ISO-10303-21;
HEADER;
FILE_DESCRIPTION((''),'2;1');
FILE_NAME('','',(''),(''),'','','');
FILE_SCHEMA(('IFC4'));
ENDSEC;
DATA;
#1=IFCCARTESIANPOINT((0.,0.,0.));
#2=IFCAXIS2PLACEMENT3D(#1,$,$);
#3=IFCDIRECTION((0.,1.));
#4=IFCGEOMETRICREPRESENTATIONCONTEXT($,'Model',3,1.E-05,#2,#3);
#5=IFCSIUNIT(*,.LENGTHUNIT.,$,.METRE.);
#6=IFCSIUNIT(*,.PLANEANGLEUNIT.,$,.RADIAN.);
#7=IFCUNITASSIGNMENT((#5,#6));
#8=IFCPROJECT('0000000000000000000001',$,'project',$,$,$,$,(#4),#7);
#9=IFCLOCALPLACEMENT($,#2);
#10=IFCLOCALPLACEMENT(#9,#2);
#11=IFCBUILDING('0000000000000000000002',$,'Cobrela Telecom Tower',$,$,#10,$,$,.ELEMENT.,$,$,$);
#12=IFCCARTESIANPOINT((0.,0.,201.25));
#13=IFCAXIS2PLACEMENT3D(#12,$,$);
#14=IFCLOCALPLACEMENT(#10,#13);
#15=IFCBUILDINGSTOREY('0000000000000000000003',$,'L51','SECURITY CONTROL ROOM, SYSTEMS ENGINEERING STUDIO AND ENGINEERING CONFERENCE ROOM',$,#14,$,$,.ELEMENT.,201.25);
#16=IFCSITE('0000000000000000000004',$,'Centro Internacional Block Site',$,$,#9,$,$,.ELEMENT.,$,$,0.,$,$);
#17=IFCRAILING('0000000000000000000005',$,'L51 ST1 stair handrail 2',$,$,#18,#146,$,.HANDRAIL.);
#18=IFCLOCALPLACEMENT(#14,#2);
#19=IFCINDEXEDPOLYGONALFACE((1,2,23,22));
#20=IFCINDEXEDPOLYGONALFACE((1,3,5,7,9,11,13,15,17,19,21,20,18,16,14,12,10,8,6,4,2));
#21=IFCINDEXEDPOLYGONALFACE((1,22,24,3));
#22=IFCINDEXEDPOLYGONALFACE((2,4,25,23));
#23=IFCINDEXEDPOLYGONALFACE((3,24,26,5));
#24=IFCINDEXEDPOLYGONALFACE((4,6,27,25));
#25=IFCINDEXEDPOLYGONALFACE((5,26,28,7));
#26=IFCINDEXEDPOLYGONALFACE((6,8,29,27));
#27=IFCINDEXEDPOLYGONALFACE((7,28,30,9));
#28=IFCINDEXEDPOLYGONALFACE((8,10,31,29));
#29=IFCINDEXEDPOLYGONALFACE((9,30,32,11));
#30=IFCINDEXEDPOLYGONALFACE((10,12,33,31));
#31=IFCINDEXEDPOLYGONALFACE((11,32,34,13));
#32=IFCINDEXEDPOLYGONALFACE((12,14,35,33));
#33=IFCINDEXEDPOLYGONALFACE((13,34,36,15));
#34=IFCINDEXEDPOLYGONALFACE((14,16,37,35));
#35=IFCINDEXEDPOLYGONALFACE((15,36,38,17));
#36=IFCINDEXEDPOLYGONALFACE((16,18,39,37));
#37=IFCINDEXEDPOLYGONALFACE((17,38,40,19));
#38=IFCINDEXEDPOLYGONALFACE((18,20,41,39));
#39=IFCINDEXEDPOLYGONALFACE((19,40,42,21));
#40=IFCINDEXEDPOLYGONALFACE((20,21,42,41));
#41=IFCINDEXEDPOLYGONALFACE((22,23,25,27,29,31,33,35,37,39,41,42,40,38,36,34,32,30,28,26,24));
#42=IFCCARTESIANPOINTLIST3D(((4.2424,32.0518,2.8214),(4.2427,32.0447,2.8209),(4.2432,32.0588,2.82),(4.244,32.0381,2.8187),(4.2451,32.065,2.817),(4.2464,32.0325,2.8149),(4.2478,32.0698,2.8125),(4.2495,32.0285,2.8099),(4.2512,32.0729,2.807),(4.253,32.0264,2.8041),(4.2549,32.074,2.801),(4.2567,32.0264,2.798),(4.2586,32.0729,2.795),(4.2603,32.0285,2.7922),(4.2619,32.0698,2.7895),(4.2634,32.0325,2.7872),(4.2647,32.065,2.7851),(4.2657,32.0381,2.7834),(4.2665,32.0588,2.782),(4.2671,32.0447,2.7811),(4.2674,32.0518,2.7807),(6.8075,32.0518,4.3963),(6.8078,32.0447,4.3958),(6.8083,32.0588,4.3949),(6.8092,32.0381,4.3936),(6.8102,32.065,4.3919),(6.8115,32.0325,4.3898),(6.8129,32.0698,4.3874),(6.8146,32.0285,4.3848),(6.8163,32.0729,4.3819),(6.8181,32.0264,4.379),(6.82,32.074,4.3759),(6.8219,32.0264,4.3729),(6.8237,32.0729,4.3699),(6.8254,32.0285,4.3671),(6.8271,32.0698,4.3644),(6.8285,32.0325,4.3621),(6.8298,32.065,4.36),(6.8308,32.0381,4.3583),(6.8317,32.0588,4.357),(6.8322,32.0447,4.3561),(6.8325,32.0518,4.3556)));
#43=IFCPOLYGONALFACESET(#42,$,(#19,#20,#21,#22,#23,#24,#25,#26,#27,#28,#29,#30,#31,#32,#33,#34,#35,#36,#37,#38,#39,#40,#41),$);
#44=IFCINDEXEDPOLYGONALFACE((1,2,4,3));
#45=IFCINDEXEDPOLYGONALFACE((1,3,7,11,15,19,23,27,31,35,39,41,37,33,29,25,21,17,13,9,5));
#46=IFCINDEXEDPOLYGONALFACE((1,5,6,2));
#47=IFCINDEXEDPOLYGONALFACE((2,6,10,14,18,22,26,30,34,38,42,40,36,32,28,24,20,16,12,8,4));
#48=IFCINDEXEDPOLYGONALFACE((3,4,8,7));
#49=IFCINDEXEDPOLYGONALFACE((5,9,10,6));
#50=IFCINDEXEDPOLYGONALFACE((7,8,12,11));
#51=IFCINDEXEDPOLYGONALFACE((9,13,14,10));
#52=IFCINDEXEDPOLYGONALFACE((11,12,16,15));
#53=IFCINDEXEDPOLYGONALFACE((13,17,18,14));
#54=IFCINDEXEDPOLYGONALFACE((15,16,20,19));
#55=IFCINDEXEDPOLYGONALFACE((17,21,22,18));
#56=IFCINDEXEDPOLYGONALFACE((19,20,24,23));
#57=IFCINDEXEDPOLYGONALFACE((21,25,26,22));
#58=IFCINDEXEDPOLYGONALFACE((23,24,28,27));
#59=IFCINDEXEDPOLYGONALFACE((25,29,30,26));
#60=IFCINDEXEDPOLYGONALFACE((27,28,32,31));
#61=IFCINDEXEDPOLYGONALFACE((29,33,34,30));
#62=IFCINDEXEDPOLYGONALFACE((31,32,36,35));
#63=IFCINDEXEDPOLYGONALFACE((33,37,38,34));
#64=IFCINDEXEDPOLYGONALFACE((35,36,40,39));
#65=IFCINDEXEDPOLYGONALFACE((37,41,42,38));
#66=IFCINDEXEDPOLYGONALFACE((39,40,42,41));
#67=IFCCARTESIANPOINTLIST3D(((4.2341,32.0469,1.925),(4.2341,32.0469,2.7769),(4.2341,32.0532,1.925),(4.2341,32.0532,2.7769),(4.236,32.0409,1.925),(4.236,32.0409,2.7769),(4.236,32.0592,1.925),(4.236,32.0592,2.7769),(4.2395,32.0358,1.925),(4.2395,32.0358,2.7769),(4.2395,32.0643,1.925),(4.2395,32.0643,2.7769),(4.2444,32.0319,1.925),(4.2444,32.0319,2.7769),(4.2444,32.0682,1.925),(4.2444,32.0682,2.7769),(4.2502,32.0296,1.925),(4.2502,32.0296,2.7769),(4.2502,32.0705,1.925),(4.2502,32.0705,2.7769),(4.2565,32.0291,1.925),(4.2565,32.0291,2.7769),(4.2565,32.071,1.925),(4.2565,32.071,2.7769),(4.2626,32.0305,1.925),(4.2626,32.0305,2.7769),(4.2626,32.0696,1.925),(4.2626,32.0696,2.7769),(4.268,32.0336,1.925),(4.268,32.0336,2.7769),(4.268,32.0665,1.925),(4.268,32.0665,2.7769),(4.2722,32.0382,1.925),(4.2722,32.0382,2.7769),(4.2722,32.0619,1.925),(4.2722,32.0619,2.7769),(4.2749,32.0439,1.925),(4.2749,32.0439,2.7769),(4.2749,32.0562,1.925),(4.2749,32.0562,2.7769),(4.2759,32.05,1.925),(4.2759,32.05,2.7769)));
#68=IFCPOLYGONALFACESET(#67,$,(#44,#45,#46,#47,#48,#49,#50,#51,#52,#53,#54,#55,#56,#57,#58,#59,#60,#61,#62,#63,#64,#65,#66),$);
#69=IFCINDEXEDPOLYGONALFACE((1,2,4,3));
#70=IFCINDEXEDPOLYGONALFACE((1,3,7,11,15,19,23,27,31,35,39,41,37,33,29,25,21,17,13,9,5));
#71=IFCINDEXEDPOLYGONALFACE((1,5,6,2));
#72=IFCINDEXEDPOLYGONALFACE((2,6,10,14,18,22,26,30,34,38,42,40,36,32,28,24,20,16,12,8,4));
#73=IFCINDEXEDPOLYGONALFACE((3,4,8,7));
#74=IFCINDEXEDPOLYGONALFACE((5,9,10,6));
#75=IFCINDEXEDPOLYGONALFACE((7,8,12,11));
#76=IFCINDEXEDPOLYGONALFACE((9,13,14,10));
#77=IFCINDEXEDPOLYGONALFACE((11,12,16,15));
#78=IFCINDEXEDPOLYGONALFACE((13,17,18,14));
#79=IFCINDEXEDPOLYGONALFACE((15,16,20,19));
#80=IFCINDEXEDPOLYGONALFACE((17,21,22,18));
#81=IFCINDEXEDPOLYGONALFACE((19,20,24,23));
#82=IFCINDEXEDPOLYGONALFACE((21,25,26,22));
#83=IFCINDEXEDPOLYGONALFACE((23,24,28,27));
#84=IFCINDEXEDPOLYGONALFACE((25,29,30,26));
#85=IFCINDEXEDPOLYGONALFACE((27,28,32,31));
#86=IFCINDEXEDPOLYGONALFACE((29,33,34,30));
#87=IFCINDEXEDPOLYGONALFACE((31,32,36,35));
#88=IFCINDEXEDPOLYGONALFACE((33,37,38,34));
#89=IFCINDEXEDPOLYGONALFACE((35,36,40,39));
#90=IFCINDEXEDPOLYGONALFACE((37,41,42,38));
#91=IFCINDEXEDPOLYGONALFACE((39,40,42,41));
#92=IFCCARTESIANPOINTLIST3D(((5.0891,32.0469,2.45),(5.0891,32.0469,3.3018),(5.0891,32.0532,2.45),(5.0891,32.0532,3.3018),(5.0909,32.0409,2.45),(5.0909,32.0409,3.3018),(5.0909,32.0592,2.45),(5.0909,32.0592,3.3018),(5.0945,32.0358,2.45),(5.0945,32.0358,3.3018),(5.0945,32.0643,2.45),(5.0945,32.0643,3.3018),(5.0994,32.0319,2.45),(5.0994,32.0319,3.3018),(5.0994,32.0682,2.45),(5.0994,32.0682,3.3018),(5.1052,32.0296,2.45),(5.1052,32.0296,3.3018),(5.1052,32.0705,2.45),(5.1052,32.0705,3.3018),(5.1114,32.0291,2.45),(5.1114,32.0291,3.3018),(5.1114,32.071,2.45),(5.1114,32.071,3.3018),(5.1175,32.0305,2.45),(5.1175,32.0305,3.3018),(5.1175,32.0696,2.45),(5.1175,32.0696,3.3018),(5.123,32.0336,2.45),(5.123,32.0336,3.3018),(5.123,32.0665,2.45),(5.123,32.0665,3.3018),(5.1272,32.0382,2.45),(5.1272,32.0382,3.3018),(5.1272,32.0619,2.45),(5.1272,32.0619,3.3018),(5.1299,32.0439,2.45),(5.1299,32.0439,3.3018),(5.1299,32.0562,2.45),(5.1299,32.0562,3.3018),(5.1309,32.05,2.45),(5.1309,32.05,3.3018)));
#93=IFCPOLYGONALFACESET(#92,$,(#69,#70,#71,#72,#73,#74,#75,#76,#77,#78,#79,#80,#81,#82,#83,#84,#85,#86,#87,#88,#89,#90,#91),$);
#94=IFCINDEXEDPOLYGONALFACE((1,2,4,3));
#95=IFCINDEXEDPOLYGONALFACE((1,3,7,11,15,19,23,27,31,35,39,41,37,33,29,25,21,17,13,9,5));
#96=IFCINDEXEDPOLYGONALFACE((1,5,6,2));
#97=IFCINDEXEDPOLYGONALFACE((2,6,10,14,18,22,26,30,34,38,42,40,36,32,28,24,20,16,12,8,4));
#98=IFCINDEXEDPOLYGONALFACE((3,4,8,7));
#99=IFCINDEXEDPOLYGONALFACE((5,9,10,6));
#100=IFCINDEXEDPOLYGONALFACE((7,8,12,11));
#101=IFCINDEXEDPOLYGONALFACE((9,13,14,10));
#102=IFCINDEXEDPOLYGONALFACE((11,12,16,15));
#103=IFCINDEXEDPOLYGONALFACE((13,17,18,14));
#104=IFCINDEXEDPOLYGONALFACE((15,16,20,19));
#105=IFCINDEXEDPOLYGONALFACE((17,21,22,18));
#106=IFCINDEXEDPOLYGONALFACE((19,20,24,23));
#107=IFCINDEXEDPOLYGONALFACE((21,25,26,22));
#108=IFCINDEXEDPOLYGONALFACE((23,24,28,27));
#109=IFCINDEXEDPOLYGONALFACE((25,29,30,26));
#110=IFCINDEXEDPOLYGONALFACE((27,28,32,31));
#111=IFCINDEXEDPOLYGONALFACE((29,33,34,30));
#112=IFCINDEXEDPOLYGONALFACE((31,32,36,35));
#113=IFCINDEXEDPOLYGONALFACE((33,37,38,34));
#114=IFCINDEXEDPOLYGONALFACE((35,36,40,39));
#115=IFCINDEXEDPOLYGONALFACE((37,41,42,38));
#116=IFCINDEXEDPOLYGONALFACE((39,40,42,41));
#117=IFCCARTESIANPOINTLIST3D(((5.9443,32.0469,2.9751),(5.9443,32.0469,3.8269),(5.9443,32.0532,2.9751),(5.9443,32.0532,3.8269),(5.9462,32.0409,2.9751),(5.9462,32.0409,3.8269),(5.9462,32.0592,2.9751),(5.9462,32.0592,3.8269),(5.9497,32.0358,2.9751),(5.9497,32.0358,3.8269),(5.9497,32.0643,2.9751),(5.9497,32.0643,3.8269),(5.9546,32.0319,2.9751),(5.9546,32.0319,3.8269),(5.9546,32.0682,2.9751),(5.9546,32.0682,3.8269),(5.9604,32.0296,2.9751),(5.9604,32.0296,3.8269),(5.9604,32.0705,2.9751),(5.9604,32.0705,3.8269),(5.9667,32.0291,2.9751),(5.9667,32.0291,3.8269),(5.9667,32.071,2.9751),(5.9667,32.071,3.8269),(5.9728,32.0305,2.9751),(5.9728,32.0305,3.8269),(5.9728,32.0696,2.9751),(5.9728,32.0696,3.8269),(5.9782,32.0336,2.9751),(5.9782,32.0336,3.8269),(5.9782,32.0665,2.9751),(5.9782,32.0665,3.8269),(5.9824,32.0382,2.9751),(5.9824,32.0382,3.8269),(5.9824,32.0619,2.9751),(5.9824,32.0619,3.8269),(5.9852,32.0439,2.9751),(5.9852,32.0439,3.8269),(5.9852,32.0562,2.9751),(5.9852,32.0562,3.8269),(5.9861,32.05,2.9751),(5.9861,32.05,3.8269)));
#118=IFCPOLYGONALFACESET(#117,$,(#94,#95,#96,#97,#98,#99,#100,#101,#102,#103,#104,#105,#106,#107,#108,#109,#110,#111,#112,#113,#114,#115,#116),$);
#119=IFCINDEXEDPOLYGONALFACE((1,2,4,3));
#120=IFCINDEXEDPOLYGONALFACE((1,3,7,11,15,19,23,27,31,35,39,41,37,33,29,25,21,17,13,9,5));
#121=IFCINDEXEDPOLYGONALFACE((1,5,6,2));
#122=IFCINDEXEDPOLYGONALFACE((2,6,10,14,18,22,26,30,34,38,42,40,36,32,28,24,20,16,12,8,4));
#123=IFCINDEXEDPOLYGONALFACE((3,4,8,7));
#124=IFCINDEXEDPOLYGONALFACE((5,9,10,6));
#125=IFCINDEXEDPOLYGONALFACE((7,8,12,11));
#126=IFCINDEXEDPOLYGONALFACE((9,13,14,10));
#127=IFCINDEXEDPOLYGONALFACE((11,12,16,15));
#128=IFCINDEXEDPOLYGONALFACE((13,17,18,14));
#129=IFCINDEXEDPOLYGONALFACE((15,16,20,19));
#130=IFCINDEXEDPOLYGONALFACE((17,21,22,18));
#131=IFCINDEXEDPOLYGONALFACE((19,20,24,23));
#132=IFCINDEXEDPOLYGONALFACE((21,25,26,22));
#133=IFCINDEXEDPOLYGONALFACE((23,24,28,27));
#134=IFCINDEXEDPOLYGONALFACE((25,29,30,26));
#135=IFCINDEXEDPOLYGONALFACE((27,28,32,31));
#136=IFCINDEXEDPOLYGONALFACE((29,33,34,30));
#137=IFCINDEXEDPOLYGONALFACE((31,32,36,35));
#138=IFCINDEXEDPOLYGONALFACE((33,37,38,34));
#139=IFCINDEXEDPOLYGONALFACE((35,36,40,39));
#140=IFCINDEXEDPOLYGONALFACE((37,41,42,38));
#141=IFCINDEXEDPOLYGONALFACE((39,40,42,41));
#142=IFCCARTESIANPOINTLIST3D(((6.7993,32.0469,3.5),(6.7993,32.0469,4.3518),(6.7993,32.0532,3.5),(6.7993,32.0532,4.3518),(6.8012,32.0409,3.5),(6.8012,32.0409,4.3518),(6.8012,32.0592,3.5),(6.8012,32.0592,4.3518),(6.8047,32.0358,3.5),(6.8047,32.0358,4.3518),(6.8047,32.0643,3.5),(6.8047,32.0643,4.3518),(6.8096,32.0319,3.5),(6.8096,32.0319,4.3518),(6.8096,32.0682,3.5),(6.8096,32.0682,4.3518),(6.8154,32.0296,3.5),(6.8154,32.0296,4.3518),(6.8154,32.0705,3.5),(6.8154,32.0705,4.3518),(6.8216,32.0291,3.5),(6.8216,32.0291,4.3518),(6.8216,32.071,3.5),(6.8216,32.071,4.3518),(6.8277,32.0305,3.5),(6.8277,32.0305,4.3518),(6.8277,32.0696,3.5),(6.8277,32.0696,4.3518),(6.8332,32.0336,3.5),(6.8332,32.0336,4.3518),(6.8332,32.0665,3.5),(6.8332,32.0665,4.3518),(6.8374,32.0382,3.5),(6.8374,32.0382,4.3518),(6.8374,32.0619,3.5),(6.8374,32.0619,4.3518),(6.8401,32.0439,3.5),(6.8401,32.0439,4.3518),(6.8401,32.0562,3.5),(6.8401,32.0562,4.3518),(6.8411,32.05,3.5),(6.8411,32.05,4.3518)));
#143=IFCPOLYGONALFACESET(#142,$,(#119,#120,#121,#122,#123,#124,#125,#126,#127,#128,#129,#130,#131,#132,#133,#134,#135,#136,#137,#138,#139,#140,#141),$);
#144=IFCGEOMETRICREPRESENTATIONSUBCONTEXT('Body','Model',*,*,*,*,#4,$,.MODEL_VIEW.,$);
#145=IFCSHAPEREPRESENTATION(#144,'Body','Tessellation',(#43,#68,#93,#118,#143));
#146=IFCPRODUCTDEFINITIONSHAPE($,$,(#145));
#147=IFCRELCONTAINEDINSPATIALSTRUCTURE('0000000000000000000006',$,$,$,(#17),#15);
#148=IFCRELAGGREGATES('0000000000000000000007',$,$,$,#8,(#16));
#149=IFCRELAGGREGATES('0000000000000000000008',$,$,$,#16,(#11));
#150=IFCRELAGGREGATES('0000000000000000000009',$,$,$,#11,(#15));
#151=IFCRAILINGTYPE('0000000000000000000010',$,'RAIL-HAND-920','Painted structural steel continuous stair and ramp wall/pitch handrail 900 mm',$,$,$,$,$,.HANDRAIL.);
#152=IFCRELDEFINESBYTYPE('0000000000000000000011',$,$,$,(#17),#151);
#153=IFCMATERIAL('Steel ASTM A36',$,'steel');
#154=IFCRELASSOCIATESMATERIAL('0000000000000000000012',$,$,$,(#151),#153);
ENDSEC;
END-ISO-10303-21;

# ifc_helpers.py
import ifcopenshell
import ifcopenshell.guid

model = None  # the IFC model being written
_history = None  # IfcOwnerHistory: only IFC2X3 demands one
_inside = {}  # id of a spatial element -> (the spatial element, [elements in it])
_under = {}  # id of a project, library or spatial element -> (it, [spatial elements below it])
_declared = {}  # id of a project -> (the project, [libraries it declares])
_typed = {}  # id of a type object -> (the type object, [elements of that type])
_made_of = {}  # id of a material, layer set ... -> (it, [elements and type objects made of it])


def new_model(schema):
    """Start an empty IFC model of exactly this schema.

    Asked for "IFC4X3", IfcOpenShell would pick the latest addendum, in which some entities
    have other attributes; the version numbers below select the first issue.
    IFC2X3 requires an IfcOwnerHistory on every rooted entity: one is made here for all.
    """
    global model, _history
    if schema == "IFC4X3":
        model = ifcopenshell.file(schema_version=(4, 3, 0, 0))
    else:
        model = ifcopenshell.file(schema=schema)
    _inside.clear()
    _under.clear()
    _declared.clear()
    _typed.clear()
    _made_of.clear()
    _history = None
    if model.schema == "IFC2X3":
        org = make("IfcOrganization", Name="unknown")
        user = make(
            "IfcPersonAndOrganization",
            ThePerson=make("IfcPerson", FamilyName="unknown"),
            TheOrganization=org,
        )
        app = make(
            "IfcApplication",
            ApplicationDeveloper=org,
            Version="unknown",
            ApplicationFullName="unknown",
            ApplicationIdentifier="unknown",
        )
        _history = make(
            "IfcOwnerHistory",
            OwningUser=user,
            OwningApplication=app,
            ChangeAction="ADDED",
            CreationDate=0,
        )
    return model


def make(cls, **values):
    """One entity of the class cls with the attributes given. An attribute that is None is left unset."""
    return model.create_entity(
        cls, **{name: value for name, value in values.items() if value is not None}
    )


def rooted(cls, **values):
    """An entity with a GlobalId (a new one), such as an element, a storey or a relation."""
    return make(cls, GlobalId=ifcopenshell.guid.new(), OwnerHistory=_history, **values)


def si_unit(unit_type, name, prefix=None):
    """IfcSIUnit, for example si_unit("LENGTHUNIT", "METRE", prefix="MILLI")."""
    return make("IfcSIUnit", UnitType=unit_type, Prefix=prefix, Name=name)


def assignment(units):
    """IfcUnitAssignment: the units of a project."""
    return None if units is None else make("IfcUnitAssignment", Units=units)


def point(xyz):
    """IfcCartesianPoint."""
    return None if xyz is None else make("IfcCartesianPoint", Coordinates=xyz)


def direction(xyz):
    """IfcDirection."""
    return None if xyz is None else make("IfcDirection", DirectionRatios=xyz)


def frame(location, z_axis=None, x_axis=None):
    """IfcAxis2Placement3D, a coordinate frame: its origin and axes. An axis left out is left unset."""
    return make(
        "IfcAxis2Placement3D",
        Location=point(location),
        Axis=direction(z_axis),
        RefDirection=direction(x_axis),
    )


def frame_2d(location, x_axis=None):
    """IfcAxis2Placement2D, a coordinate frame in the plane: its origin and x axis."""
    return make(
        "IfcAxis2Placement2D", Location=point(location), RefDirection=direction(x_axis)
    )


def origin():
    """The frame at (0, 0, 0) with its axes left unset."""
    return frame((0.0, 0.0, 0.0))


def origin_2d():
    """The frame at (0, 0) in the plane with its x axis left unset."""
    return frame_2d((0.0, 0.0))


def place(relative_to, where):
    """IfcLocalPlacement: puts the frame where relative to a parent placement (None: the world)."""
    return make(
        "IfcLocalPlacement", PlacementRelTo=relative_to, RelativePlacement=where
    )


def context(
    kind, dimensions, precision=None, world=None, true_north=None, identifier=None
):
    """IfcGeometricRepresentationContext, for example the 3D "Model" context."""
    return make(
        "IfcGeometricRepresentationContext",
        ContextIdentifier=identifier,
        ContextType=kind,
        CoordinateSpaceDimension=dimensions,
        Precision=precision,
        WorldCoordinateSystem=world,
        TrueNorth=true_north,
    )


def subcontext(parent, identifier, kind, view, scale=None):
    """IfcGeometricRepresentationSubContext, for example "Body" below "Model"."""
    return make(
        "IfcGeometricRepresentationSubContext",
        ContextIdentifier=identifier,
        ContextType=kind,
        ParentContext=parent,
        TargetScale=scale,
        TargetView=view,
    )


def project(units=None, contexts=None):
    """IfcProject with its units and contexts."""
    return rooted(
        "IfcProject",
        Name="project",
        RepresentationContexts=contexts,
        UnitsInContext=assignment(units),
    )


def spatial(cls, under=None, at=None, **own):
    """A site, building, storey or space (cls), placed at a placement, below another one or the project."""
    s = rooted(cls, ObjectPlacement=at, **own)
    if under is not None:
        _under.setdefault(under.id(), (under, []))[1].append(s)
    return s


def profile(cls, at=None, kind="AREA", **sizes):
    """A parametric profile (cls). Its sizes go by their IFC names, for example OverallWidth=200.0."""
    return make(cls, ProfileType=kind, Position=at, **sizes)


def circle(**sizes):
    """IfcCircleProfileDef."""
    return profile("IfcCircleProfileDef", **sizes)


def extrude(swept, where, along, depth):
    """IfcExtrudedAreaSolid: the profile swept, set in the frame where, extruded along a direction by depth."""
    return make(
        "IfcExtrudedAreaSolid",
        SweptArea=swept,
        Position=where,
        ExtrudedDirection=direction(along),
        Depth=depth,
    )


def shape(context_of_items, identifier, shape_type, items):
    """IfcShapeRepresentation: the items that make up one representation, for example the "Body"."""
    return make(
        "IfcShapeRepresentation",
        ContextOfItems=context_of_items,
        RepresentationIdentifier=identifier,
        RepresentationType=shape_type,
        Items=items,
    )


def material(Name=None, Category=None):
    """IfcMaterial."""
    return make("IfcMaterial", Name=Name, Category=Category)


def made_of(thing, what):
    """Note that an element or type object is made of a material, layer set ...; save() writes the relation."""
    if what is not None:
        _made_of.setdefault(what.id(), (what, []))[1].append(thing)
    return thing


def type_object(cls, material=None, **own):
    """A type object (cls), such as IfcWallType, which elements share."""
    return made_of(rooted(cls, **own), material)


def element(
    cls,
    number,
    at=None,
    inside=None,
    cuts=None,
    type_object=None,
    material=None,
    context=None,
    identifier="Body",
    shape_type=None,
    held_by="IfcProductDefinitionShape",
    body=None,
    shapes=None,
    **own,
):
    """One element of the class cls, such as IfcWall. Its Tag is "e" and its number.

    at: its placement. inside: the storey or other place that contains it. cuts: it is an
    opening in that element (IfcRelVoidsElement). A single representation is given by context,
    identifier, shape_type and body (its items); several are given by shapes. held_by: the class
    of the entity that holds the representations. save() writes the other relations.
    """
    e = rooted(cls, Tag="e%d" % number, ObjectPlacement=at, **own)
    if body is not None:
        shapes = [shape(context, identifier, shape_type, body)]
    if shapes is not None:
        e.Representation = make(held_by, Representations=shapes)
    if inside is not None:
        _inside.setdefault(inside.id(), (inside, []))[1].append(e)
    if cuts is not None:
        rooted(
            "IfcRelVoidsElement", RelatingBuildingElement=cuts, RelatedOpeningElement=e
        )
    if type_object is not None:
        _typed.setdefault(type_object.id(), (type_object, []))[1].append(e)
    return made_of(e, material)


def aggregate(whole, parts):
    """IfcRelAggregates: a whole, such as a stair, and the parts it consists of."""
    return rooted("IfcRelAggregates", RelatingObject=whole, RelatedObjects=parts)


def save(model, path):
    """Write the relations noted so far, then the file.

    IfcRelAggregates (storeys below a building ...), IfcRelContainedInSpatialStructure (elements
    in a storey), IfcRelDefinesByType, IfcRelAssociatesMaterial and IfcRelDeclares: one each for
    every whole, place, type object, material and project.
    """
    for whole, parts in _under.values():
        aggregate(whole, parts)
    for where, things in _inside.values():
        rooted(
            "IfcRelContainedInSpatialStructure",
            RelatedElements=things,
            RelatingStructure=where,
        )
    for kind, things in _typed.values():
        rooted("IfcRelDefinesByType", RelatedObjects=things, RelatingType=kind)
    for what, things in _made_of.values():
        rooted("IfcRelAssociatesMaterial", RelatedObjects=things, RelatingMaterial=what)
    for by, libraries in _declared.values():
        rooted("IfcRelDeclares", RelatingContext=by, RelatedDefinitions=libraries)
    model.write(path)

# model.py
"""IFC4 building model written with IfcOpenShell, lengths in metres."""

from ifc_helpers import new_model, si_unit, direction, frame, origin, origin_2d, place, context, subcontext, project, spatial, circle, extrude, material, type_object, element, save


model = new_model("IFC4")

# Units and contexts
model_context = context("Model", 3, precision=1e-05, world=origin(), true_north=direction((0.0, 1.0)))
body_context = subcontext(model_context, "Body", "Model", "MODEL_VIEW")
ifc_project = project(units=[si_unit("LENGTHUNIT", "METRE"), si_unit("PLANEANGLEUNIT", "RADIAN")], contexts=[model_context])

# Site, building, storey
site_placement = place(None, origin())
site = spatial("IfcSite", under=ifc_project, at=site_placement, Name="Centro Internacional Block Site", CompositionType="ELEMENT", RefElevation=0.0)
building_placement = place(site_placement, origin())
building = spatial("IfcBuilding", under=site, at=building_placement, Name="Cobrela Telecom Tower", CompositionType="ELEMENT")
storey_placement = place(building_placement, frame((0.0, 0.0, 201.25)))
storey = spatial("IfcBuildingStorey", under=building, at=storey_placement, Name="L51", Description="SECURITY CONTROL ROOM, SYSTEMS ENGINEERING STUDIO AND ENGINEERING CONFERENCE ROOM", CompositionType="ELEMENT", Elevation=201.25)

# Shared definitions
ifc_material_1 = material(Name="Steel ASTM A36", Category="steel")

# Railing
railing_type_1 = type_object("IfcRailingType", Name="RAIL-HAND-920", Description="Painted structural steel continuous stair and ramp wall/pitch handrail 900 mm", PredefinedType="HANDRAIL", material=ifc_material_1)
railing_1_placement = place(storey_placement, frame((4.2549, 32.05, 1.925)))
element("IfcRailing", 1, at=railing_1_placement, inside=storey, type_object=railing_type_1, Name="L51 ST1 stair handrail 2", PredefinedType="HANDRAIL", context=body_context, shape_type="SweptSolid", body=[
    extrude(circle(Radius=0.0239, at=origin_2d()), frame((0.0, 0.0, 0.876), z_axis=(0.852195, 0.0, 0.523224), x_axis=(0.0, 1.0, 0.0)), (0.0, 0.0, 1.0), 3.01),
    extrude(circle(Radius=0.021, at=origin_2d()), origin(), (0.0, 0.0, 1.0), 0.8518),
    extrude(circle(Radius=0.021, at=origin_2d()), frame((0.855, 0.0, 0.5249)), (0.0, 0.0, 1.0), 0.8518),
    extrude(circle(Radius=0.021, at=origin_2d()), frame((1.7102, 0.0, 1.05)), (0.0, 0.0, 1.0), 0.8518),
    extrude(circle(Radius=0.021, at=origin_2d()), frame((2.5652, 0.0, 1.575)), (0.0, 0.0, 1.0), 0.8518),
])

save(model, "model.ifc")
